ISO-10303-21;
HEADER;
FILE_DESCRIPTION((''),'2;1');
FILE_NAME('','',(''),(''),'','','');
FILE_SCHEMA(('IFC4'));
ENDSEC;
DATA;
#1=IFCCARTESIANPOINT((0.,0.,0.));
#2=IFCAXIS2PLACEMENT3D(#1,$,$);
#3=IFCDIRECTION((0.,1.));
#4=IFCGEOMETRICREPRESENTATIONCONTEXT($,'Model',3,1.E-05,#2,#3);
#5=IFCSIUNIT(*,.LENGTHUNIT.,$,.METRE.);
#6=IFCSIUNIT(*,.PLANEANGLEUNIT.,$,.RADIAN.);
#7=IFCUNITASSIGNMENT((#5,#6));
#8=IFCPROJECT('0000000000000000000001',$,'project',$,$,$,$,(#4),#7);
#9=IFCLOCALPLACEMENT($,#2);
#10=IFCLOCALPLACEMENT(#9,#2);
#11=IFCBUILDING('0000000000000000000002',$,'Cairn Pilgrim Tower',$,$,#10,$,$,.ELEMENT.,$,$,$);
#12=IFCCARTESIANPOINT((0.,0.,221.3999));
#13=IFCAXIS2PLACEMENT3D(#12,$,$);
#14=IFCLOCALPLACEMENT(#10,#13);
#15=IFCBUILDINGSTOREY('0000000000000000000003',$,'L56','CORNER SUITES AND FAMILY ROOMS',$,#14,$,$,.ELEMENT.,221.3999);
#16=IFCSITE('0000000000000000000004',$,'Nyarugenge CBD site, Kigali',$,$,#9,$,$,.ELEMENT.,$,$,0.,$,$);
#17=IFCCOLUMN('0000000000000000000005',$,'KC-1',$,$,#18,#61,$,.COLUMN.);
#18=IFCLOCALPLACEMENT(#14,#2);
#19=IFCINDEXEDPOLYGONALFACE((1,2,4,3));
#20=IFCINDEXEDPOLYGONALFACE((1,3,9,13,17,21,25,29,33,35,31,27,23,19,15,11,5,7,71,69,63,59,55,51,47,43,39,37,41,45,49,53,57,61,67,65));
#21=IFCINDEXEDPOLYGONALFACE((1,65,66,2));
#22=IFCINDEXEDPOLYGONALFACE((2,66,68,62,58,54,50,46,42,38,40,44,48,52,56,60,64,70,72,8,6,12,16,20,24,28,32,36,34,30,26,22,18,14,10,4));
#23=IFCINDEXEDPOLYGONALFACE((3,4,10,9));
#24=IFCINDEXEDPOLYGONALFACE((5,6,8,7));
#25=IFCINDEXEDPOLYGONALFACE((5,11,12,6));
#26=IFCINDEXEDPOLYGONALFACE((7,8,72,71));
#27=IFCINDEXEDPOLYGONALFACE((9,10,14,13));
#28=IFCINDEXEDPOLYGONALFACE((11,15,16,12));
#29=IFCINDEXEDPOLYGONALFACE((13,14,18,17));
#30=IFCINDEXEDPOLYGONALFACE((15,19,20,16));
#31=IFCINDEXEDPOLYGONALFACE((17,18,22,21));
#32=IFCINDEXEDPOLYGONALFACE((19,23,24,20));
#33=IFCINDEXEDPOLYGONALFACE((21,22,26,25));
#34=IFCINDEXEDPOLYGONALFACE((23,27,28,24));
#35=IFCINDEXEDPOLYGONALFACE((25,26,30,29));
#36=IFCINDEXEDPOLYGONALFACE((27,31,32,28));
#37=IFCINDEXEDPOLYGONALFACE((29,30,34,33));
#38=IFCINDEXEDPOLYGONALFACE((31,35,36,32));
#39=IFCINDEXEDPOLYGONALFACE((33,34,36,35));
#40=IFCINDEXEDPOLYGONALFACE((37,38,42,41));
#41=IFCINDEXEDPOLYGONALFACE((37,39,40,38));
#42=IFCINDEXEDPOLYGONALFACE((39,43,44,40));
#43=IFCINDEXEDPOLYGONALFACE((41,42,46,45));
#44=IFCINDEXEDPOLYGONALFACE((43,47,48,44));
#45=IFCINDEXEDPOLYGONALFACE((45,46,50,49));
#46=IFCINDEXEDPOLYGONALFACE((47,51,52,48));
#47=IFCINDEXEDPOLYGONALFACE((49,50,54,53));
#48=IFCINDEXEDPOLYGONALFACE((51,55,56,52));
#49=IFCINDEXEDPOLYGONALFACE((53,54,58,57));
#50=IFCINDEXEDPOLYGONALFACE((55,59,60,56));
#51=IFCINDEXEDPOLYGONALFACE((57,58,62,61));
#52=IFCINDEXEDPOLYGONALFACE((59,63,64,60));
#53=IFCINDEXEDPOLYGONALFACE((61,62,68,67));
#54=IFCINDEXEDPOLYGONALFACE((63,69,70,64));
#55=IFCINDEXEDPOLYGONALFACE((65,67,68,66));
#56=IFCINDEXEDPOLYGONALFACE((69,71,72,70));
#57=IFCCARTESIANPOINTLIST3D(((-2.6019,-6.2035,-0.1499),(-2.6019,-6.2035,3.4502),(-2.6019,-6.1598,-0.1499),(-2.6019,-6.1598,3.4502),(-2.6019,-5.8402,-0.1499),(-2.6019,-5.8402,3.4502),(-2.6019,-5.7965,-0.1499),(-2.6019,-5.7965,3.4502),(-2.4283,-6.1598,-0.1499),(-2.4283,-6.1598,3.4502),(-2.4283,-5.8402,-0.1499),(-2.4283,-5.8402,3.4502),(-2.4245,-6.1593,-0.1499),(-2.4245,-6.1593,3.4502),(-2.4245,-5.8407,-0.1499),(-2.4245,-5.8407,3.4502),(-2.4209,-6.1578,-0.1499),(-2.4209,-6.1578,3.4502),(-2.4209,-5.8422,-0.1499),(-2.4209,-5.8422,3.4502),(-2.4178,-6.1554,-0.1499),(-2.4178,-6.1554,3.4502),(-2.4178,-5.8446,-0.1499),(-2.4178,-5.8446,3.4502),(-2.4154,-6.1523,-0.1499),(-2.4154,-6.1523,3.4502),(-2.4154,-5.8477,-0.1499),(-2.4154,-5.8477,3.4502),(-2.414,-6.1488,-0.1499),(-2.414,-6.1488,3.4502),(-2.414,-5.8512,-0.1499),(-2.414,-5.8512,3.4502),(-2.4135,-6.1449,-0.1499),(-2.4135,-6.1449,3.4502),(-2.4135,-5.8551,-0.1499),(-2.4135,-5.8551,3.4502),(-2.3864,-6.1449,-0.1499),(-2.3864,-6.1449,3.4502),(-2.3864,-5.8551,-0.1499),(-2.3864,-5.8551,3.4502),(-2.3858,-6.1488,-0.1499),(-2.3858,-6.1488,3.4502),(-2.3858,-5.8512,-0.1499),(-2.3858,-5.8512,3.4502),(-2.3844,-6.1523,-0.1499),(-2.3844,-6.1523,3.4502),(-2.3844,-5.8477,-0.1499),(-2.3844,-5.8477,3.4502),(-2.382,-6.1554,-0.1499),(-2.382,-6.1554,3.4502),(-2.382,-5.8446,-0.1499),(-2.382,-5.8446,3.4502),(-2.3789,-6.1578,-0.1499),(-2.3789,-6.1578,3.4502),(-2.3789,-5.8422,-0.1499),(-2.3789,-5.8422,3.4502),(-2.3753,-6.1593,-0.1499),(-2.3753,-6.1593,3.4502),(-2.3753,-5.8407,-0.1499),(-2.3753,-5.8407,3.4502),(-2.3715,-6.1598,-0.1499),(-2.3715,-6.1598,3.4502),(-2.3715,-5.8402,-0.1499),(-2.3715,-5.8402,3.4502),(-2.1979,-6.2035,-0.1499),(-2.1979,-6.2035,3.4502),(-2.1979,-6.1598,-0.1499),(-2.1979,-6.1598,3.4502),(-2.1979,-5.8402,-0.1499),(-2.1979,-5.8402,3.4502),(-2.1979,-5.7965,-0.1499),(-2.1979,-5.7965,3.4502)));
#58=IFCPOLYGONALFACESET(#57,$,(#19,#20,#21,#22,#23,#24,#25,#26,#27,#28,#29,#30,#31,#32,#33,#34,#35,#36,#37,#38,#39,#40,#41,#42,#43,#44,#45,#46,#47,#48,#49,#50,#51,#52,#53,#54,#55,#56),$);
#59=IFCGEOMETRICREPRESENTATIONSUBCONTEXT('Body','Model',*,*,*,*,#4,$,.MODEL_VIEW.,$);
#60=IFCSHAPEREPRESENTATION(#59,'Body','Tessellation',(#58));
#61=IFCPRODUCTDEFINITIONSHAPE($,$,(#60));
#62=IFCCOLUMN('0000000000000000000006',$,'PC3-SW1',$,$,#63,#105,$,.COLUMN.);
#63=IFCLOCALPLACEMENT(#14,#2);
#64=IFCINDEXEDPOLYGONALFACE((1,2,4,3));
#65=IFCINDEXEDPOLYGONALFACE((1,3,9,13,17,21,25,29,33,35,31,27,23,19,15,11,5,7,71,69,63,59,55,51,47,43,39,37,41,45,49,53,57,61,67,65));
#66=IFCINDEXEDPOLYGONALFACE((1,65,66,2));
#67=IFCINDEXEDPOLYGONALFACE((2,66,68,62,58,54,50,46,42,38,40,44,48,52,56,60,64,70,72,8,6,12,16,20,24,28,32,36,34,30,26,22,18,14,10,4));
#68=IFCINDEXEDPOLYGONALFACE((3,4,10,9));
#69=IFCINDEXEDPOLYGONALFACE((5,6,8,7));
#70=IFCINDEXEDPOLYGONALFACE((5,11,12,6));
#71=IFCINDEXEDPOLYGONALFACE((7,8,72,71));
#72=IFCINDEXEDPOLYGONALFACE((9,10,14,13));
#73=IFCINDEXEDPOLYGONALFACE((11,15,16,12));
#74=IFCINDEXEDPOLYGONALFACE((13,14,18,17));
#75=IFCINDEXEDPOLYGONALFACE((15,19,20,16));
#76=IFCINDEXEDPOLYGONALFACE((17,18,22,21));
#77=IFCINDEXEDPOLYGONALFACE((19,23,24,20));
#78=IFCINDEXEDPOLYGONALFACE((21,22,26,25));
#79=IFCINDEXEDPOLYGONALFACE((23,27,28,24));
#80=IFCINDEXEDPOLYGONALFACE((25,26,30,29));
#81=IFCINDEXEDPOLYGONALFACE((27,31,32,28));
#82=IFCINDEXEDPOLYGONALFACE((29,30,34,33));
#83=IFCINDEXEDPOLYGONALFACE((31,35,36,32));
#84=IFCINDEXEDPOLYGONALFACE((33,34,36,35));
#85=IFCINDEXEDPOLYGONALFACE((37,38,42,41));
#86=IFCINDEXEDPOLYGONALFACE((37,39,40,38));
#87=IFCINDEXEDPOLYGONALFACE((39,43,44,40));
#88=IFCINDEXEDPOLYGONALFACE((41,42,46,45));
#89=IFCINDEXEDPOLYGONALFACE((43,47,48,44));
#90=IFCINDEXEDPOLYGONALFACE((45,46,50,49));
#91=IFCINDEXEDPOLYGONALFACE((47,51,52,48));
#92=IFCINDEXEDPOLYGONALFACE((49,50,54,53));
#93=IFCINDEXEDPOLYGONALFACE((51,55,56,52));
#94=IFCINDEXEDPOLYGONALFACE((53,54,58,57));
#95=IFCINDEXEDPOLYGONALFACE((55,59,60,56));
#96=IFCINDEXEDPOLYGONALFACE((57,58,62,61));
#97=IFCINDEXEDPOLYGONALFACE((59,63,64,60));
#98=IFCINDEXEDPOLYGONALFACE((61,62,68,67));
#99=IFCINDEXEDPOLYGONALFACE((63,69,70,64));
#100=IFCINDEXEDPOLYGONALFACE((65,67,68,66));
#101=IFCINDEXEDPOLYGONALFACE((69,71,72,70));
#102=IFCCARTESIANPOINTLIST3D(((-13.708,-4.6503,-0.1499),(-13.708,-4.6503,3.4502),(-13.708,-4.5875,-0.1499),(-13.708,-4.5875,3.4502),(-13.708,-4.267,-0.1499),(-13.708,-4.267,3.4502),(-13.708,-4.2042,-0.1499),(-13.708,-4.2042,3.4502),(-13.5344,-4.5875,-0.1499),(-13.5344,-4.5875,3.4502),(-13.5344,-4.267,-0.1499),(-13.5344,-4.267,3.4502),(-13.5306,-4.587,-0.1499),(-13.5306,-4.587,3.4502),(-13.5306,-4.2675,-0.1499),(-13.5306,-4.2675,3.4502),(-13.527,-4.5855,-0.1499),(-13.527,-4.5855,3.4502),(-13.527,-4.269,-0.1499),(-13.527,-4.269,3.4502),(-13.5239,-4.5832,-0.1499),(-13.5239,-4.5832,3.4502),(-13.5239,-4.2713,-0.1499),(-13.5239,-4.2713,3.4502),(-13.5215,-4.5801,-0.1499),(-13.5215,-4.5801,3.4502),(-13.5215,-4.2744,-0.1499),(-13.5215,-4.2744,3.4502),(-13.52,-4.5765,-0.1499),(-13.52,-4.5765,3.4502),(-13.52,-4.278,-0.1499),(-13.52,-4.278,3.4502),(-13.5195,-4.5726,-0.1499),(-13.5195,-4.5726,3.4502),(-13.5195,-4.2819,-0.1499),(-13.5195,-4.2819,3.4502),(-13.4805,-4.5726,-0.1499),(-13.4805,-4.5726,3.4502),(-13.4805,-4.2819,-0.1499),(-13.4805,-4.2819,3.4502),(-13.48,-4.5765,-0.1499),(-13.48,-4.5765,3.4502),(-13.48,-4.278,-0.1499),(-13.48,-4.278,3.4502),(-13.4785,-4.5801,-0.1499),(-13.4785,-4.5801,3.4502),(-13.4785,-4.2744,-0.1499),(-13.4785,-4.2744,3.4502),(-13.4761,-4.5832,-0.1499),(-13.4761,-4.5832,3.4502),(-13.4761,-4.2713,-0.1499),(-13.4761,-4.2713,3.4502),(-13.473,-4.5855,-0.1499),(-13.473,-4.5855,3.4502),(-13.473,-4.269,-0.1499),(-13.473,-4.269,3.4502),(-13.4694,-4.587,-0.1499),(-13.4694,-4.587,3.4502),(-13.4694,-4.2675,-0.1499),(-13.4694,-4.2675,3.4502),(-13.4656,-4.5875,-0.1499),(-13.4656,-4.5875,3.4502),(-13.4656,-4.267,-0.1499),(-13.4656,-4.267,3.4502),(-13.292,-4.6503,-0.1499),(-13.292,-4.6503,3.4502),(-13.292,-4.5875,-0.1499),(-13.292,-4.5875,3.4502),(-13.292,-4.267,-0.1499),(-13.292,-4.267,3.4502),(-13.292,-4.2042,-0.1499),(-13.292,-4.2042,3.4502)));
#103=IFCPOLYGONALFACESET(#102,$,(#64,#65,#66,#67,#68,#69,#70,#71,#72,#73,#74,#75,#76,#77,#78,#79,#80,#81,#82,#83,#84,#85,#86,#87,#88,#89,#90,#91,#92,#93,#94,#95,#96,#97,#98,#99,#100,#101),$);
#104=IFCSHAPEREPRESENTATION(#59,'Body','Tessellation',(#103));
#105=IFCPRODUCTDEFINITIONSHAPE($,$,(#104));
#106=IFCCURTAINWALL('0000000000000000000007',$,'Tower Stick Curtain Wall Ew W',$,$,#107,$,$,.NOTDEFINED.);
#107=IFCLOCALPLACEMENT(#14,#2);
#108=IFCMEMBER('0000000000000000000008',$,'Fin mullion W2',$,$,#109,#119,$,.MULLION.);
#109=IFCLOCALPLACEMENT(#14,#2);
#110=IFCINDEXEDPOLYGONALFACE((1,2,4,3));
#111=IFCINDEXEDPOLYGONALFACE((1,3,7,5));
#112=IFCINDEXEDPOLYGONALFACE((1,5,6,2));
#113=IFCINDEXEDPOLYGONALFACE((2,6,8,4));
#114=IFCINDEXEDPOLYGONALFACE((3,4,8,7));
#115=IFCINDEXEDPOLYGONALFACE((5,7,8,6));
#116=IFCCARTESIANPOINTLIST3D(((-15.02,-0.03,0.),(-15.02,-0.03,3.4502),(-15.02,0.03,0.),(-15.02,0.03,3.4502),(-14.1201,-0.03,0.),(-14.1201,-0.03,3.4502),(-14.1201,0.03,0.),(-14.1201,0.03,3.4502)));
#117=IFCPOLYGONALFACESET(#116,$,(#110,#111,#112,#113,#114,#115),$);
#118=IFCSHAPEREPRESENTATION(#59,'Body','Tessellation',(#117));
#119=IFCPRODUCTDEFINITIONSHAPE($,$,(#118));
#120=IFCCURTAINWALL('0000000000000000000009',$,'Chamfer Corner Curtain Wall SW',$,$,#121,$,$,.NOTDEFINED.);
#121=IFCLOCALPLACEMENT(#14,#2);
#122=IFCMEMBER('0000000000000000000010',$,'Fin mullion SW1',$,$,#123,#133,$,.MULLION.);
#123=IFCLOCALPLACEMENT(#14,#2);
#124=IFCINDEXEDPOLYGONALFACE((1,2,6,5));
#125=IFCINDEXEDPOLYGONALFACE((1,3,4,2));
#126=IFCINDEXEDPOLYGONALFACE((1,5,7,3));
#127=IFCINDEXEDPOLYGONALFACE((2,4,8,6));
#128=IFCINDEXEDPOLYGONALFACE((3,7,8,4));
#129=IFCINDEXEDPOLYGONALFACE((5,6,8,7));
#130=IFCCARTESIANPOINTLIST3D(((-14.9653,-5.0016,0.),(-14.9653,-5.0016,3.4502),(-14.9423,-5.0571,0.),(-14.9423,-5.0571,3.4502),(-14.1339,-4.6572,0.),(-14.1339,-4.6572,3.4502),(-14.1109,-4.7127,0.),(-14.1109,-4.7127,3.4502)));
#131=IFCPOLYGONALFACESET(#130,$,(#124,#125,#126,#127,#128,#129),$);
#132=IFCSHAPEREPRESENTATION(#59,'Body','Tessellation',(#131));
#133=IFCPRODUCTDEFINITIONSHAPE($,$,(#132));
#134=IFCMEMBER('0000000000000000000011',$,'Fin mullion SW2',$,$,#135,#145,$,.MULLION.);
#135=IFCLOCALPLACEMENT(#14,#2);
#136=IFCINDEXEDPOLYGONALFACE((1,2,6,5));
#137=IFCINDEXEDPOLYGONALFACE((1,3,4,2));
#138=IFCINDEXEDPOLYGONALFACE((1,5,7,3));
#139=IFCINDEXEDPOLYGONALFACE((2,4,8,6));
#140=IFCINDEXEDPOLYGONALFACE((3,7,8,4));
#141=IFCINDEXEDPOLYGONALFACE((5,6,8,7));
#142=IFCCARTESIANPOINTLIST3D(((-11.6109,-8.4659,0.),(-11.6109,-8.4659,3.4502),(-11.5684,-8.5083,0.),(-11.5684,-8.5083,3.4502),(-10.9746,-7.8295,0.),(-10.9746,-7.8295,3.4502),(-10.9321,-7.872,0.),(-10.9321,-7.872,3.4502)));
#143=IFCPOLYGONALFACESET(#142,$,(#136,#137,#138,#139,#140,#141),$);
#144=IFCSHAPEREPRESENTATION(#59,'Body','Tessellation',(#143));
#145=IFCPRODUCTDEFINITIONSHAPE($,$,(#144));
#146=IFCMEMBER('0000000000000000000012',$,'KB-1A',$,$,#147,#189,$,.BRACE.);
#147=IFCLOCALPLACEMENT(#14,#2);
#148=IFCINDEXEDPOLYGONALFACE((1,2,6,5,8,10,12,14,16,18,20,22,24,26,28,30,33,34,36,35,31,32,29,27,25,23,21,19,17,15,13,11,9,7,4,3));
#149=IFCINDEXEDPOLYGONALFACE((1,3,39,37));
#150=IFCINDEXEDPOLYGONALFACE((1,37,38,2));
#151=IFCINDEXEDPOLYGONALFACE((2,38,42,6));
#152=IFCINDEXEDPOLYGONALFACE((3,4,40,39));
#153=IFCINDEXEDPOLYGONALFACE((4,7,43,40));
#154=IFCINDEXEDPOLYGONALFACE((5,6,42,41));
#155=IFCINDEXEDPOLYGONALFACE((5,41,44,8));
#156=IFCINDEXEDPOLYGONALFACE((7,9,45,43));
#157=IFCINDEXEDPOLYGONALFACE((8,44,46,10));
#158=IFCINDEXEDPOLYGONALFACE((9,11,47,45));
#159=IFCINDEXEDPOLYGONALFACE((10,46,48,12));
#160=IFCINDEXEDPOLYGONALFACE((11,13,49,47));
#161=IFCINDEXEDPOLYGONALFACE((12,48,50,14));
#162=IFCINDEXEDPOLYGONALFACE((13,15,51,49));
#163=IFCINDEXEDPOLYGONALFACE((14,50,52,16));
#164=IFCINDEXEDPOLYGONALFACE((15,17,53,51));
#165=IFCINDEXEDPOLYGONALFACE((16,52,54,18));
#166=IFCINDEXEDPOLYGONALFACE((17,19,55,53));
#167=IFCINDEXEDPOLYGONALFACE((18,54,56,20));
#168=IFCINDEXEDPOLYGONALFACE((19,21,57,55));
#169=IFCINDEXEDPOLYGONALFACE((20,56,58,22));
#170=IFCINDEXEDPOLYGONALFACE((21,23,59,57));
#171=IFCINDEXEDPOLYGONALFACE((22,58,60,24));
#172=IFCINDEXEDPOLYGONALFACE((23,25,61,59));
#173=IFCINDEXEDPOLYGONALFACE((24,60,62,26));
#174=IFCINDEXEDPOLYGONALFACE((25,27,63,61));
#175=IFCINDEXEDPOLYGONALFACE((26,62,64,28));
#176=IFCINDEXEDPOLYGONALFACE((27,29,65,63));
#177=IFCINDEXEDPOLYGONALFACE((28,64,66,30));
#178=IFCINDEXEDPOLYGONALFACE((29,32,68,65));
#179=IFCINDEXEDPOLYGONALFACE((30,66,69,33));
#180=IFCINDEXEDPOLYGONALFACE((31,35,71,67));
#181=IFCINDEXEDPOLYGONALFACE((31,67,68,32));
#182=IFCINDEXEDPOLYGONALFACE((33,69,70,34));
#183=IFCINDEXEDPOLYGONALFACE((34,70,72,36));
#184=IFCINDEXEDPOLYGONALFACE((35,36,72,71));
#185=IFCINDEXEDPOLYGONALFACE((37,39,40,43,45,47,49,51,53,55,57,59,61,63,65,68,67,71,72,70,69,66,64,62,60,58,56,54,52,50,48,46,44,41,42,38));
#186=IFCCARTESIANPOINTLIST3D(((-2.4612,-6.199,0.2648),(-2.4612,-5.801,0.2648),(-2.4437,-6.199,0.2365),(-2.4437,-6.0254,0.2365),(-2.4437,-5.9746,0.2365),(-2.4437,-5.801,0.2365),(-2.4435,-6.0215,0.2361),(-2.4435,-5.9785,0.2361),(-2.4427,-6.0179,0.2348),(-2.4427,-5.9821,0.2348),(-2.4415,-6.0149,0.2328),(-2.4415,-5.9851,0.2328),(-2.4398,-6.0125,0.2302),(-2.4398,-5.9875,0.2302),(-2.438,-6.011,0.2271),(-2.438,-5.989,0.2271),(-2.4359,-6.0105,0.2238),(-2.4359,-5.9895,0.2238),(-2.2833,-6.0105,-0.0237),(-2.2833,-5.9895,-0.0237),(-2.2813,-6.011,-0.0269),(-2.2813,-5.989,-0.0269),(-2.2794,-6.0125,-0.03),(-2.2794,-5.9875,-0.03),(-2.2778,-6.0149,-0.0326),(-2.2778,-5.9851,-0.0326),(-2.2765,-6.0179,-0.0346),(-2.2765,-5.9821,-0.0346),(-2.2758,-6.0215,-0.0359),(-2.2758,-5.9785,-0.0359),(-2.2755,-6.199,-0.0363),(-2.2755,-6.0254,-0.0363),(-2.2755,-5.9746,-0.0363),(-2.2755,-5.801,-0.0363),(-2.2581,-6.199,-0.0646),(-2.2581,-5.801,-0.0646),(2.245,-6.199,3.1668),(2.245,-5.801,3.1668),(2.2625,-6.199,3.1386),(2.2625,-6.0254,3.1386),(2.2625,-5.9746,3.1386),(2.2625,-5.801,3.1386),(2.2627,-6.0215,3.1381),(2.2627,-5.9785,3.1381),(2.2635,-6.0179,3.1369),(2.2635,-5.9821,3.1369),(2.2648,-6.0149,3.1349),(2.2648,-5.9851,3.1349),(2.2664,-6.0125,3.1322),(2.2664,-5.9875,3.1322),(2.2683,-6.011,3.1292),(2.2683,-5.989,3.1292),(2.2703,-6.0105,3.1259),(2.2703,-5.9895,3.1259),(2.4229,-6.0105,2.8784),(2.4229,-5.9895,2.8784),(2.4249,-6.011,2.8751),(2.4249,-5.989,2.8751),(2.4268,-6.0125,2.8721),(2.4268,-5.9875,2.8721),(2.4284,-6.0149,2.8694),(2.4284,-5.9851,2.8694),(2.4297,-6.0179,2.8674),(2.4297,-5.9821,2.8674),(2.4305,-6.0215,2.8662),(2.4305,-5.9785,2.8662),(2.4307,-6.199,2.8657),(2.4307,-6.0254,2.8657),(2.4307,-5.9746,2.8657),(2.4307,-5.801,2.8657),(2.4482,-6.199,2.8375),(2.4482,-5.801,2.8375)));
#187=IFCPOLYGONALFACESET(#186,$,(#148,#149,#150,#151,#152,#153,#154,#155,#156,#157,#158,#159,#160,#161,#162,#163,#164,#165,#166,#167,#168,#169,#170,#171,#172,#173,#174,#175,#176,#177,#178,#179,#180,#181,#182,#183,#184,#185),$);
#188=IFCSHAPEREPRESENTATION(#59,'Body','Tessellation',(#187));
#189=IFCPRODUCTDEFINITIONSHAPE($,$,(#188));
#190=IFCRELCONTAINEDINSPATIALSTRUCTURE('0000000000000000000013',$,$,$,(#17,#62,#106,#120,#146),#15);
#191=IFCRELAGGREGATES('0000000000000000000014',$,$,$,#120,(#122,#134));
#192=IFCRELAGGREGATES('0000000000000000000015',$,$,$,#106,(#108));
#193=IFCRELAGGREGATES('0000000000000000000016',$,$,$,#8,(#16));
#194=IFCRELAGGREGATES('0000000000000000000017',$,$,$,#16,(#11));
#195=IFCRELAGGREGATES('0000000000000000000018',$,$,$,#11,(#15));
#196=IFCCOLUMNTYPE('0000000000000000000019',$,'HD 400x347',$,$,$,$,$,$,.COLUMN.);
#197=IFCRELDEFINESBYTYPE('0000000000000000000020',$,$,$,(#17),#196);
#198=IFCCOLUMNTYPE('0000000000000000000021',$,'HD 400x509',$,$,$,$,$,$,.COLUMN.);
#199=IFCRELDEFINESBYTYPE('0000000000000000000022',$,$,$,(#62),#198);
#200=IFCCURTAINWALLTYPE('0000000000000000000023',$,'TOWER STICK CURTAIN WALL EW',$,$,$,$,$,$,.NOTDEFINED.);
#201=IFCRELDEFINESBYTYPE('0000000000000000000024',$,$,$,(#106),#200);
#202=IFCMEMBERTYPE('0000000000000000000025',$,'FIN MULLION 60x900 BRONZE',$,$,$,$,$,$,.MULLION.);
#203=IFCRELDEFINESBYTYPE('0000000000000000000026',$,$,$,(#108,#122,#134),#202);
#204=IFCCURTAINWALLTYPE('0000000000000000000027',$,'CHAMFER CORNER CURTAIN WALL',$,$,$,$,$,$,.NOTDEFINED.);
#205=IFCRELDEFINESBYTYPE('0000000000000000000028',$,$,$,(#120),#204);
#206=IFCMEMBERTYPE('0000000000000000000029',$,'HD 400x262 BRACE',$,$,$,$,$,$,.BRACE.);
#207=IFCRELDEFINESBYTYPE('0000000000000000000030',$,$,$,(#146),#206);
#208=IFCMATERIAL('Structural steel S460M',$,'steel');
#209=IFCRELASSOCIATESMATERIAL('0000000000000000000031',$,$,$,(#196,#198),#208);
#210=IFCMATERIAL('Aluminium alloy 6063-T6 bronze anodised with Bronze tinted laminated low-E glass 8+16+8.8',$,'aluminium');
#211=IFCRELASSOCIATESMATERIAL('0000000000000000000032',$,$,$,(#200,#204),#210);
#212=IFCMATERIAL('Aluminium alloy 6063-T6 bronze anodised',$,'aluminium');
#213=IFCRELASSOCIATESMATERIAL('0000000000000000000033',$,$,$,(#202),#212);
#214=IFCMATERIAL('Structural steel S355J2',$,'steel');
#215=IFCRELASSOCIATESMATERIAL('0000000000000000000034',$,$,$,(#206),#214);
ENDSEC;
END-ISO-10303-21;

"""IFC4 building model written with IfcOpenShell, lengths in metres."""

from ifc_helpers import new_model, si_unit, direction, frame, origin, origin_2d, place, context, subcontext, project, spatial, rectangle, i_section, extrude, material, material_profile, profile_set, type_object, element, aggregate, save


model = new_model("IFC4")

# Units and contexts
model_context = context("Model", 3, precision=1e-05, world=origin(), true_north=direction((0.0, 1.0)))
body_context = subcontext(model_context, "Body", "Model", "MODEL_VIEW")
ifc_project = project(units=[si_unit("LENGTHUNIT", "METRE"), si_unit("PLANEANGLEUNIT", "RADIAN")], contexts=[model_context])

# Site, building, storey
site_placement = place(None, origin())
site = spatial("IfcSite", under=ifc_project, at=site_placement, Name="Nyarugenge CBD site, Kigali", CompositionType="ELEMENT", RefElevation=0.0)
building_placement = place(site_placement, origin())
building = spatial("IfcBuilding", under=site, at=building_placement, Name="Cairn Pilgrim Tower", CompositionType="ELEMENT")
storey_placement = place(building_placement, frame((0.0, 0.0, 221.3999)))
storey = spatial("IfcBuildingStorey", under=building, at=storey_placement, Name="L56", Description="CORNER SUITES AND FAMILY ROOMS", CompositionType="ELEMENT", Elevation=221.3999)

# Columns
ifc_material_1 = material(Name="Structural steel S460M", Category="steel")
ifc_material_profile_1 = material_profile(ifc_material_1, i_section(OverallWidth=0.4041, OverallDepth=0.407, WebThickness=0.0271, FlangeThickness=0.0437, FilletRadius=0.0149, at=origin_2d()), Name="HD 400x347")
ifc_profile_set_1 = profile_set([ifc_material_profile_1], Name="Structural steel S460M")
column_type_1 = type_object("IfcColumnType", Name="HD 400x347", PredefinedType="COLUMN", material=ifc_profile_set_1)
column_1_placement = place(storey_placement, frame((-2.3999, -6.0, -0.1499), z_axis=(0.0, 0.0, 1.0), x_axis=(1.0, 0.0, 0.0)))
element("IfcColumn", 1, at=column_1_placement, inside=storey, type_object=column_type_1, Name="KC-1", PredefinedType="COLUMN", context=body_context, shape_type="SweptSolid", body=[
    extrude(i_section(OverallWidth=0.4041, OverallDepth=0.407, WebThickness=0.0271, FlangeThickness=0.0437, FilletRadius=0.0149, at=origin_2d()), origin(), (0.0, 0.0, 1.0), 3.6001),
])
ifc_material_profile_2 = material_profile(ifc_material_1, i_section(OverallWidth=0.416, OverallDepth=0.446, WebThickness=0.0391, FlangeThickness=0.0627, FilletRadius=0.0149, at=origin_2d()), Name="HD 400x509")
ifc_profile_set_2 = profile_set([ifc_material_profile_2], Name="Structural steel S460M")
column_type_2 = type_object("IfcColumnType", Name="HD 400x509", PredefinedType="COLUMN", material=ifc_profile_set_2)
column_2_placement = place(storey_placement, frame((-13.5, -4.4272, -0.1499), z_axis=(0.0, 0.0, 1.0), x_axis=(1.0, 0.0, 0.0)))
element("IfcColumn", 2, at=column_2_placement, inside=storey, type_object=column_type_2, Name="PC3-SW1", PredefinedType="COLUMN", context=body_context, shape_type="SweptSolid", body=[
    extrude(i_section(OverallWidth=0.416, OverallDepth=0.446, WebThickness=0.0391, FlangeThickness=0.0627, FilletRadius=0.0149, at=origin_2d()), origin(), (0.0, 0.0, 1.0), 3.6001),
])

# Curtain wall, member
ifc_material_2 = material(Name="Aluminium alloy 6063-T6 bronze anodised with Bronze tinted laminated low-E glass 8+16+8.8", Category="aluminium")
curtain_wall_type_1 = type_object("IfcCurtainWallType", Name="TOWER STICK CURTAIN WALL EW", PredefinedType="NOTDEFINED", material=ifc_material_2)
curtain_wall_1_placement = place(storey_placement, origin())
curtain_wall_1 = element("IfcCurtainWall", 3, at=curtain_wall_1_placement, inside=storey, type_object=curtain_wall_type_1, Name="Tower Stick Curtain Wall Ew W", PredefinedType="NOTDEFINED")
ifc_material_3 = material(Name="Aluminium alloy 6063-T6 bronze anodised", Category="aluminium")
ifc_material_profile_3 = material_profile(ifc_material_3, rectangle(XDim=0.8999, YDim=0.0601, at=origin_2d()), Name="FIN MULLION 60x900 BRONZE")
ifc_profile_set_3 = profile_set([ifc_material_profile_3], Name="Aluminium alloy 6063-T6 bronze anodised")
member_type_1 = type_object("IfcMemberType", Name="FIN MULLION 60x900 BRONZE", PredefinedType="MULLION", material=ifc_profile_set_3)
member_1_placement = place(storey_placement, frame((-14.5701, 0.0, 0.0), z_axis=(0.0, 0.0, 1.0), x_axis=(-1.0, 0.0, 0.0)))
member_1 = element("IfcMember", 4, at=member_1_placement, type_object=member_type_1, Name="Fin mullion W2", PredefinedType="MULLION", context=body_context, shape_type="SweptSolid", body=[
    extrude(rectangle(XDim=0.8999, YDim=0.0601, at=origin_2d()), origin(), (0.0, 0.0, 1.0), 3.4502),
])

# Curtain wall, members
curtain_wall_type_2 = type_object("IfcCurtainWallType", Name="CHAMFER CORNER CURTAIN WALL", PredefinedType="NOTDEFINED", material=ifc_material_2)
curtain_wall_2_placement = place(storey_placement, origin())
curtain_wall_2 = element("IfcCurtainWall", 5, at=curtain_wall_2_placement, inside=storey, type_object=curtain_wall_type_2, Name="Chamfer Corner Curtain Wall SW", PredefinedType="NOTDEFINED")
member_2_placement = place(storey_placement, frame((-14.5381, -4.8572, 0.0), z_axis=(0.0, 0.0, 1.0), x_axis=(-0.92388, -0.382683, 0.0)))
member_2 = element("IfcMember", 6, at=member_2_placement, type_object=member_type_1, Name="Fin mullion SW1", PredefinedType="MULLION", context=body_context, shape_type="SweptSolid", body=[
    extrude(rectangle(XDim=0.8999, YDim=0.0601, at=origin_2d()), origin(), (0.0, 0.0, 1.0), 3.4502),
])
member_3_placement = place(storey_placement, frame((-11.2715, -8.1689, 0.0), z_axis=(0.0, 0.0, 1.0), x_axis=(-0.707107, -0.707107, 0.0)))
member_3 = element("IfcMember", 7, at=member_3_placement, type_object=member_type_1, Name="Fin mullion SW2", PredefinedType="MULLION", context=body_context, shape_type="SweptSolid", body=[
    extrude(rectangle(XDim=0.8999, YDim=0.0601, at=origin_2d()), origin(), (0.0, 0.0, 1.0), 3.4502),
])

# Member
ifc_material_4 = material(Name="Structural steel S355J2", Category="steel")
ifc_material_profile_4 = material_profile(ifc_material_4, i_section(OverallWidth=0.3979, OverallDepth=0.387, WebThickness=0.021, FlangeThickness=0.0332, FilletRadius=0.0149, at=origin_2d()), Name="HD 400x262")
ifc_profile_set_4 = profile_set([ifc_material_profile_4], Name="Structural steel S355J2")
member_type_2 = type_object("IfcMemberType", Name="HD 400x262 BRACE", PredefinedType="BRACE", material=ifc_profile_set_4)
member_4_placement = place(storey_placement, frame((-2.3596, -6.0, 0.1001), z_axis=(0.85118, 0.0, 0.524873), x_axis=(0.0, 1.0, 0.0)))
element("IfcMember", 8, at=member_4_placement, inside=storey, type_object=member_type_2, Name="KB-1A", PredefinedType="BRACE", context=body_context, shape_type="SweptSolid", body=[
    extrude(i_section(OverallWidth=0.3979, OverallDepth=0.387, WebThickness=0.021, FlangeThickness=0.0332, FilletRadius=0.0149, at=origin_2d()), origin(), (0.0, 0.0, 1.0), 5.5291),
])

aggregate(curtain_wall_2, [member_2, member_3])
aggregate(curtain_wall_1, [member_1])

save(model, "model.ifc")
